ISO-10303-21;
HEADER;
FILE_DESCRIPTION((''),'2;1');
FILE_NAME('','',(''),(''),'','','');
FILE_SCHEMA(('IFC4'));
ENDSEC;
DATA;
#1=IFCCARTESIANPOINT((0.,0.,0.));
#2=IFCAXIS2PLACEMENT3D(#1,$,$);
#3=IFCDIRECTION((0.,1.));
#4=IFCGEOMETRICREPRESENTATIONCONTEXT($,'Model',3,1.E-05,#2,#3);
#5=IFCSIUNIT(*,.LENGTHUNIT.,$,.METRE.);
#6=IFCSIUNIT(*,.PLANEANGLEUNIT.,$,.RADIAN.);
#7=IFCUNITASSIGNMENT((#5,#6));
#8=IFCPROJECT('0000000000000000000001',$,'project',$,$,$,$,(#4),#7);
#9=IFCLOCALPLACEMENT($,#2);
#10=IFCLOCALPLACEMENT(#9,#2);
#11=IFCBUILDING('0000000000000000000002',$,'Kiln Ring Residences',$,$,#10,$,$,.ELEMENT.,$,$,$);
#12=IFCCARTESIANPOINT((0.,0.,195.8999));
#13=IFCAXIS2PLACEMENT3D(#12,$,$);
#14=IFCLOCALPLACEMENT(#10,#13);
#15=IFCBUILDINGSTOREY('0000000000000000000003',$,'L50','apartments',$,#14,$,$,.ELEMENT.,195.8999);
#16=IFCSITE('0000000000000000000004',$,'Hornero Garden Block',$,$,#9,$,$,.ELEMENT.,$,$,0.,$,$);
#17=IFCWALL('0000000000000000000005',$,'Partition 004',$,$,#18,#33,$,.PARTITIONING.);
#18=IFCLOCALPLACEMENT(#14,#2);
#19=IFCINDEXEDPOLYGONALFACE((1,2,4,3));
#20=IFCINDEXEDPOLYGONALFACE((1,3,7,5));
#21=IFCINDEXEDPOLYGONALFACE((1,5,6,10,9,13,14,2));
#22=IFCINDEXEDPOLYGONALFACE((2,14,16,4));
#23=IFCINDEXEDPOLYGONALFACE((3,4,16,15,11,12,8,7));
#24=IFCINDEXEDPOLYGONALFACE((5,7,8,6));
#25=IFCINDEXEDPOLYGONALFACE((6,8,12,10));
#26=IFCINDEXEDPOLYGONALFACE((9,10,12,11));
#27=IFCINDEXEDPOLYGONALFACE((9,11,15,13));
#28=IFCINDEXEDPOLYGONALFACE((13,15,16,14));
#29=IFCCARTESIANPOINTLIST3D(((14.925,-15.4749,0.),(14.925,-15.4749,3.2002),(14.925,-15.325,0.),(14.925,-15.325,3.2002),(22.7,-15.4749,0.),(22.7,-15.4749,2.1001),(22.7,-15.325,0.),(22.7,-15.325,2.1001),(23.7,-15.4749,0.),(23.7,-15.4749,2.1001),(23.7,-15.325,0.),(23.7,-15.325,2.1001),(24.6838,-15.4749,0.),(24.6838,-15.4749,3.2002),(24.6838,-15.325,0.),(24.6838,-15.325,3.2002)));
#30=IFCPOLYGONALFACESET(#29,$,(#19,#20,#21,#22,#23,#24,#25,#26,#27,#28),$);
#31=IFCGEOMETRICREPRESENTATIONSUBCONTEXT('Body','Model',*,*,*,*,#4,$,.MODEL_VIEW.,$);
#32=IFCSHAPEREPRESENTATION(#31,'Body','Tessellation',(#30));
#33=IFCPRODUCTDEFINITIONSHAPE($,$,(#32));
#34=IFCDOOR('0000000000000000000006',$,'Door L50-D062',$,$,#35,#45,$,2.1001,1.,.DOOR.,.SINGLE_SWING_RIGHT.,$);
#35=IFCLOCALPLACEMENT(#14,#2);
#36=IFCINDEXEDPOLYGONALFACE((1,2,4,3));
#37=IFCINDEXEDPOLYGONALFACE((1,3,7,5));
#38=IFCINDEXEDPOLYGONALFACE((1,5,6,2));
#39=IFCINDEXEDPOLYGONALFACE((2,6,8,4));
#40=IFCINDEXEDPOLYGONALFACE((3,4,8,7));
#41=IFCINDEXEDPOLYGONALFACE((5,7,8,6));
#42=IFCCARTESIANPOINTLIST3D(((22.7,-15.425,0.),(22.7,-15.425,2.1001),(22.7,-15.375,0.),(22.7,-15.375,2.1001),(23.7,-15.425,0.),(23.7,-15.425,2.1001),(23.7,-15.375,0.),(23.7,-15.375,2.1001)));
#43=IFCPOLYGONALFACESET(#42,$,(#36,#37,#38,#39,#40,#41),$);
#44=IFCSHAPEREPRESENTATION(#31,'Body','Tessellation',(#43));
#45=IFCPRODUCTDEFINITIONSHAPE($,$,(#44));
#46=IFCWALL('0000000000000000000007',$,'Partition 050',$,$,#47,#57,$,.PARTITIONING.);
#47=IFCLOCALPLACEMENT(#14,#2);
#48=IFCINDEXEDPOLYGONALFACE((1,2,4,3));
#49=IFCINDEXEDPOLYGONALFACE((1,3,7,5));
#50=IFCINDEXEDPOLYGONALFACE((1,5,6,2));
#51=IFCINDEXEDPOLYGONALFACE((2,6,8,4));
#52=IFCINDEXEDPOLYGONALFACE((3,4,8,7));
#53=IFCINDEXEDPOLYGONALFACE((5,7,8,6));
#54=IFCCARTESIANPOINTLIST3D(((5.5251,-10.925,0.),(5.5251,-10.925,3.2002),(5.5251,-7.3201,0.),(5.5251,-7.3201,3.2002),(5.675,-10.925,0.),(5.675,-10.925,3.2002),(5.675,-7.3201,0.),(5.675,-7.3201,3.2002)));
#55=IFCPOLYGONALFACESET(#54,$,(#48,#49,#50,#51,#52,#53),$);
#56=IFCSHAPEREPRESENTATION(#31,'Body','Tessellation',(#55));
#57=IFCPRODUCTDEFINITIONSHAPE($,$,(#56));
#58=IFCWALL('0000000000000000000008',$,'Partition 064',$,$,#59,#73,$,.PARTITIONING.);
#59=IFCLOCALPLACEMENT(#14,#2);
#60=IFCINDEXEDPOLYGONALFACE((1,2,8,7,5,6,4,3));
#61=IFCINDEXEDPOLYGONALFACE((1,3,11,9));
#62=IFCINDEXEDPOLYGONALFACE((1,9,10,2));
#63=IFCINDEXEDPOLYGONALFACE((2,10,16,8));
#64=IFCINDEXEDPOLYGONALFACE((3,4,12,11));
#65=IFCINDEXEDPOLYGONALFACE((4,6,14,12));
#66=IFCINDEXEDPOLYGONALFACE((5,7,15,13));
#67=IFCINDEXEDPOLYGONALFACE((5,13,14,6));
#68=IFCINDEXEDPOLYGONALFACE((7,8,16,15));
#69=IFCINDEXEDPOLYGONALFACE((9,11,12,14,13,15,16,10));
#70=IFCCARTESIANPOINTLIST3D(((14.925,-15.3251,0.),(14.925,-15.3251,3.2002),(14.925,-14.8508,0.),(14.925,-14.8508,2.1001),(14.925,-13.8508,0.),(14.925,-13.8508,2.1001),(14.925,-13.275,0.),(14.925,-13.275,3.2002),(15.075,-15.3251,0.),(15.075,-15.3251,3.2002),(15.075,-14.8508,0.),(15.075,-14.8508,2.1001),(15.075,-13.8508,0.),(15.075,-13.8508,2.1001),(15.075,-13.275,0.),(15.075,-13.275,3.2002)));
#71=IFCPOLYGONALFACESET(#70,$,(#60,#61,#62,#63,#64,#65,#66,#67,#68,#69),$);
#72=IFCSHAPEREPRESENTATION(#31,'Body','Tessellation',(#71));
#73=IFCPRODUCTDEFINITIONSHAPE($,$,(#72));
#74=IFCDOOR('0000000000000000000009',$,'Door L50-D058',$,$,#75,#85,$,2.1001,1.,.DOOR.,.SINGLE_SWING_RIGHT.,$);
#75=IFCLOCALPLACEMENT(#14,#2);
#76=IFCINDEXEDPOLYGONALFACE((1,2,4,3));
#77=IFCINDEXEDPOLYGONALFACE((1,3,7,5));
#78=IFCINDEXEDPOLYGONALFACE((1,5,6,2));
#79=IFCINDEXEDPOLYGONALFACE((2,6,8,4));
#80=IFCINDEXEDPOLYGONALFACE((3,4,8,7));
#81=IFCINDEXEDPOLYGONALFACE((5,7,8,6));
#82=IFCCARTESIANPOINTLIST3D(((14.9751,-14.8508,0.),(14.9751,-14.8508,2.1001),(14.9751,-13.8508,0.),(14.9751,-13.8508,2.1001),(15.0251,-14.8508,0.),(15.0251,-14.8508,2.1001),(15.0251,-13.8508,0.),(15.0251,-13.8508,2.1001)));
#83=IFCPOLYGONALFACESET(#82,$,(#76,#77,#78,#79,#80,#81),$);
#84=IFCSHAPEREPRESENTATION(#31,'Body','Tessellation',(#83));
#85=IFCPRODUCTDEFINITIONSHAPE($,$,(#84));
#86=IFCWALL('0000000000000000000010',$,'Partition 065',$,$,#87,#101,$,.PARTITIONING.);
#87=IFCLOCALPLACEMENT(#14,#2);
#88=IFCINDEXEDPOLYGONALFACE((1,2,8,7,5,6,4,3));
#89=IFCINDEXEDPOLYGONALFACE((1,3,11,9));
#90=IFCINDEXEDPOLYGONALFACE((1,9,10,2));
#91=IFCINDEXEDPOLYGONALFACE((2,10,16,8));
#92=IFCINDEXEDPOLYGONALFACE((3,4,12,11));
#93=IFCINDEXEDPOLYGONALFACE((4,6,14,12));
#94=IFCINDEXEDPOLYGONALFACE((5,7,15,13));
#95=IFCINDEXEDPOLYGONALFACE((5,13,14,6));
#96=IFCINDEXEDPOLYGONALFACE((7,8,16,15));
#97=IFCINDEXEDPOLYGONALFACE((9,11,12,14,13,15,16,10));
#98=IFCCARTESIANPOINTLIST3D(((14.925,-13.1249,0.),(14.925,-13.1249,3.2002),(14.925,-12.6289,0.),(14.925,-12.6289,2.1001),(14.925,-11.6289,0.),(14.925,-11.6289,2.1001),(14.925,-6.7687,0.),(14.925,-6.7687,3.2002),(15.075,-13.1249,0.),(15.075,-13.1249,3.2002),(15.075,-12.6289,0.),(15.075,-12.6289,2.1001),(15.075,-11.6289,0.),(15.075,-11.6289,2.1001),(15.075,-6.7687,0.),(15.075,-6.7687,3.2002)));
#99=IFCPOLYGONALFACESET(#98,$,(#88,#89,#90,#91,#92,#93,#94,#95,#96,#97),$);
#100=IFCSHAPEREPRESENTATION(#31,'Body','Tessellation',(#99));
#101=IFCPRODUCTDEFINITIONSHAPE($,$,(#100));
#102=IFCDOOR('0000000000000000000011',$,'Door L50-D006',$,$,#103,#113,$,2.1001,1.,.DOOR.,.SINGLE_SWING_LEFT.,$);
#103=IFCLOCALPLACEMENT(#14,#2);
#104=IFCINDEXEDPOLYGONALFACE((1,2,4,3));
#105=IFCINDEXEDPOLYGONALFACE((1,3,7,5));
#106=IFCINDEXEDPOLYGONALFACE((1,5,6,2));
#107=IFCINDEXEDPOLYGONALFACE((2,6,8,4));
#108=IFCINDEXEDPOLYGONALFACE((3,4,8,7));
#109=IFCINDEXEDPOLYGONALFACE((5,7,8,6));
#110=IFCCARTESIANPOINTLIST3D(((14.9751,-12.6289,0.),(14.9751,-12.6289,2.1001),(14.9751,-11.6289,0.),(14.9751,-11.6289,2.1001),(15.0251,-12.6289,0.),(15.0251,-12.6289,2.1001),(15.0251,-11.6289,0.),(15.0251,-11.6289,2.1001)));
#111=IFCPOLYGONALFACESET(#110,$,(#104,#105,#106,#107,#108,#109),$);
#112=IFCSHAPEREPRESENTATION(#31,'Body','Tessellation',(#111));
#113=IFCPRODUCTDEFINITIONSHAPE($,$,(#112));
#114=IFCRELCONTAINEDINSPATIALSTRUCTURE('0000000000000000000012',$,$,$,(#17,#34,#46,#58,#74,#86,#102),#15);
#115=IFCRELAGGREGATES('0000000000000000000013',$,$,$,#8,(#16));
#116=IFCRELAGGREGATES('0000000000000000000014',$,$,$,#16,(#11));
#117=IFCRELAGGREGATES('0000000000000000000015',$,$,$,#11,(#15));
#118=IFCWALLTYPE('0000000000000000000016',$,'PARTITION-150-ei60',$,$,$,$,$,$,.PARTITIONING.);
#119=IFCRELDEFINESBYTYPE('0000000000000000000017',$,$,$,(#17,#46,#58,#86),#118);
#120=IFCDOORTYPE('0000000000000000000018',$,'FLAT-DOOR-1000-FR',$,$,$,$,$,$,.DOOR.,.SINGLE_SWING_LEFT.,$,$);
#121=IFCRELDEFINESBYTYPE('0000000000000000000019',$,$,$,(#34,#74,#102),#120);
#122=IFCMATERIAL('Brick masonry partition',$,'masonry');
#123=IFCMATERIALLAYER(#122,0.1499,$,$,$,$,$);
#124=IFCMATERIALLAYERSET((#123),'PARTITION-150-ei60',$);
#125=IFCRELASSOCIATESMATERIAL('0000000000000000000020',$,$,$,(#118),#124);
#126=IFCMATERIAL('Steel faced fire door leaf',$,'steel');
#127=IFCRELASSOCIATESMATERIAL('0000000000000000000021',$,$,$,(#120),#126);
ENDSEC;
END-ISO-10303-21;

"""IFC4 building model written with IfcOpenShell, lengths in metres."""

from ifc_helpers import new_model, si_unit, direction, frame, frame_2d, origin, place, context, subcontext, project, spatial, rectangle, extrude, material, layer, layer_set, type_object, element, fill, save


model = new_model("IFC4")

# Units and contexts
model_context = context("Model", 3, precision=1e-05, world=origin(), true_north=direction((0.0, 1.0)))
body_context = subcontext(model_context, "Body", "Model", "MODEL_VIEW")
ifc_project = project(units=[si_unit("LENGTHUNIT", "METRE"), si_unit("PLANEANGLEUNIT", "RADIAN")], contexts=[model_context])

# Site, building, storey
site_placement = place(None, origin())
site = spatial("IfcSite", under=ifc_project, at=site_placement, Name="Hornero Garden Block", CompositionType="ELEMENT", RefElevation=0.0)
building_placement = place(site_placement, origin())
building = spatial("IfcBuilding", under=site, at=building_placement, Name="Kiln Ring Residences", CompositionType="ELEMENT")
storey_placement = place(building_placement, frame((0.0, 0.0, 195.8999)))
storey = spatial("IfcBuildingStorey", under=building, at=storey_placement, Name="L50", Description="apartments", CompositionType="ELEMENT", Elevation=195.8999)

# Wall, opening, door
ifc_material_1 = material(Name="Brick masonry partition", Category="masonry")
ifc_layer_1 = layer(ifc_material_1, 0.1499)
ifc_layer_set_1 = layer_set([ifc_layer_1], Name="PARTITION-150-ei60")
wall_type_1 = type_object("IfcWallType", Name="PARTITION-150-ei60", PredefinedType="PARTITIONING", material=ifc_layer_set_1)
wall_1_placement = place(storey_placement, frame((14.925, -15.3999, 0.0), z_axis=(0.0, 0.0, 1.0), x_axis=(1.0, 0.0, 0.0)))
wall_1 = element("IfcWall", 1, at=wall_1_placement, inside=storey, type_object=wall_type_1, Name="Partition 004", PredefinedType="PARTITIONING", context=body_context, shape_type="SweptSolid", body=[
    extrude(rectangle(XDim=9.7588, YDim=0.1499, at=frame_2d((4.8794, 0.0))), origin(), (0.0, 0.0, 1.0), 3.2002),
])
opening_1_placement = place(wall_1_placement, frame((7.7749, 0.0, 0.0)))
opening_1 = element("IfcOpeningElement", 2, at=opening_1_placement, cuts=wall_1, PredefinedType="OPENING", context=body_context, shape_type="SweptSolid", body=[
    extrude(rectangle(XDim=1.0, YDim=2.1001, at=frame_2d((0.5, 1.05))), frame((0.0, 0.085, 0.0), z_axis=(0.0, -1.0, 0.0), x_axis=(1.0, 0.0, 0.0)), (0.0, 0.0, 1.0), 0.1699),
])
ifc_material_2 = material(Name="Steel faced fire door leaf", Category="steel")
door_type_1 = type_object("IfcDoorType", Name="FLAT-DOOR-1000-FR", OperationType="SINGLE_SWING_LEFT", PredefinedType="DOOR", material=ifc_material_2)
door_1_placement = place(opening_1_placement, origin())
door_1 = element("IfcDoor", 3, at=door_1_placement, inside=storey, type_object=door_type_1, Name="Door L50-D062", OperationType="SINGLE_SWING_RIGHT", OverallHeight=2.1001, OverallWidth=1.0, PredefinedType="DOOR", context=body_context, shape_type="SweptSolid", body=[
    extrude(rectangle(XDim=1.0, YDim=2.1001, at=frame_2d((0.5, 1.05))), frame((0.0, 0.0249, 0.0), z_axis=(0.0, -1.0, 0.0), x_axis=(1.0, 0.0, 0.0)), (0.0, 0.0, 1.0), 0.05),
])
fill(opening_1, door_1)

# Wall
wall_2_placement = place(storey_placement, frame((5.6001, -10.925, 0.0), z_axis=(0.0, 0.0, 1.0), x_axis=(0.0, 1.0, 0.0)))
element("IfcWall", 4, at=wall_2_placement, inside=storey, type_object=wall_type_1, Name="Partition 050", PredefinedType="PARTITIONING", context=body_context, shape_type="SweptSolid", body=[
    extrude(rectangle(XDim=3.605, YDim=0.1499, at=frame_2d((1.8025, 0.0))), origin(), (0.0, 0.0, 1.0), 3.2002),
])

# Walls, openings, doors
wall_3_placement = place(storey_placement, frame((15.0, -15.325, 0.0), z_axis=(0.0, 0.0, 1.0), x_axis=(0.0, 1.0, 0.0)))
wall_3 = element("IfcWall", 5, at=wall_3_placement, inside=storey, type_object=wall_type_1, Name="Partition 064", PredefinedType="PARTITIONING", context=body_context, shape_type="SweptSolid", body=[
    extrude(rectangle(XDim=2.05, YDim=0.1499, at=frame_2d((1.0249, 0.0))), origin(), (0.0, 0.0, 1.0), 3.2002),
])
opening_2_placement = place(wall_3_placement, frame((0.4741, 0.0, 0.0)))
opening_2 = element("IfcOpeningElement", 6, at=opening_2_placement, cuts=wall_3, PredefinedType="OPENING", context=body_context, shape_type="SweptSolid", body=[
    extrude(rectangle(XDim=1.0, YDim=2.1001, at=frame_2d((0.5, 1.05))), frame((0.0, 0.085, 0.0), z_axis=(0.0, -1.0, 0.0), x_axis=(1.0, 0.0, 0.0)), (0.0, 0.0, 1.0), 0.1699),
])
door_2_placement = place(opening_2_placement, origin())
door_2 = element("IfcDoor", 7, at=door_2_placement, inside=storey, type_object=door_type_1, Name="Door L50-D058", OperationType="SINGLE_SWING_RIGHT", OverallHeight=2.1001, OverallWidth=1.0, PredefinedType="DOOR", context=body_context, shape_type="SweptSolid", body=[
    extrude(rectangle(XDim=1.0, YDim=2.1001, at=frame_2d((0.5, 1.05))), frame((0.0, 0.0249, 0.0), z_axis=(0.0, -1.0, 0.0), x_axis=(1.0, 0.0, 0.0)), (0.0, 0.0, 1.0), 0.05),
])
fill(opening_2, door_2)
wall_4_placement = place(storey_placement, frame((15.0, -13.125, 0.0), z_axis=(0.0, 0.0, 1.0), x_axis=(0.0, 1.0, 0.0)))
wall_4 = element("IfcWall", 8, at=wall_4_placement, inside=storey, type_object=wall_type_1, Name="Partition 065", PredefinedType="PARTITIONING", context=body_context, shape_type="SweptSolid", body=[
    extrude(rectangle(XDim=6.3562, YDim=0.1499, at=frame_2d((3.1782, 0.0))), origin(), (0.0, 0.0, 1.0), 3.2002),
])
opening_3_placement = place(wall_4_placement, frame((0.4961, 0.0, 0.0)))
opening_3 = element("IfcOpeningElement", 9, at=opening_3_placement, cuts=wall_4, PredefinedType="OPENING", context=body_context, shape_type="SweptSolid", body=[
    extrude(rectangle(XDim=1.0, YDim=2.1001, at=frame_2d((0.5, 1.05))), frame((0.0, 0.085, 0.0), z_axis=(0.0, -1.0, 0.0), x_axis=(1.0, 0.0, 0.0)), (0.0, 0.0, 1.0), 0.1699),
])
door_3_placement = place(opening_3_placement, origin())
door_3 = element("IfcDoor", 10, at=door_3_placement, inside=storey, type_object=door_type_1, Name="Door L50-D006", OperationType="SINGLE_SWING_LEFT", OverallHeight=2.1001, OverallWidth=1.0, PredefinedType="DOOR", context=body_context, shape_type="SweptSolid", body=[
    extrude(rectangle(XDim=1.0, YDim=2.1001, at=frame_2d((0.5, 1.05))), frame((0.0, 0.0249, 0.0), z_axis=(0.0, -1.0, 0.0), x_axis=(1.0, 0.0, 0.0)), (0.0, 0.0, 1.0), 0.05),
])
fill(opening_3, door_3)

save(model, "model.ifc")
